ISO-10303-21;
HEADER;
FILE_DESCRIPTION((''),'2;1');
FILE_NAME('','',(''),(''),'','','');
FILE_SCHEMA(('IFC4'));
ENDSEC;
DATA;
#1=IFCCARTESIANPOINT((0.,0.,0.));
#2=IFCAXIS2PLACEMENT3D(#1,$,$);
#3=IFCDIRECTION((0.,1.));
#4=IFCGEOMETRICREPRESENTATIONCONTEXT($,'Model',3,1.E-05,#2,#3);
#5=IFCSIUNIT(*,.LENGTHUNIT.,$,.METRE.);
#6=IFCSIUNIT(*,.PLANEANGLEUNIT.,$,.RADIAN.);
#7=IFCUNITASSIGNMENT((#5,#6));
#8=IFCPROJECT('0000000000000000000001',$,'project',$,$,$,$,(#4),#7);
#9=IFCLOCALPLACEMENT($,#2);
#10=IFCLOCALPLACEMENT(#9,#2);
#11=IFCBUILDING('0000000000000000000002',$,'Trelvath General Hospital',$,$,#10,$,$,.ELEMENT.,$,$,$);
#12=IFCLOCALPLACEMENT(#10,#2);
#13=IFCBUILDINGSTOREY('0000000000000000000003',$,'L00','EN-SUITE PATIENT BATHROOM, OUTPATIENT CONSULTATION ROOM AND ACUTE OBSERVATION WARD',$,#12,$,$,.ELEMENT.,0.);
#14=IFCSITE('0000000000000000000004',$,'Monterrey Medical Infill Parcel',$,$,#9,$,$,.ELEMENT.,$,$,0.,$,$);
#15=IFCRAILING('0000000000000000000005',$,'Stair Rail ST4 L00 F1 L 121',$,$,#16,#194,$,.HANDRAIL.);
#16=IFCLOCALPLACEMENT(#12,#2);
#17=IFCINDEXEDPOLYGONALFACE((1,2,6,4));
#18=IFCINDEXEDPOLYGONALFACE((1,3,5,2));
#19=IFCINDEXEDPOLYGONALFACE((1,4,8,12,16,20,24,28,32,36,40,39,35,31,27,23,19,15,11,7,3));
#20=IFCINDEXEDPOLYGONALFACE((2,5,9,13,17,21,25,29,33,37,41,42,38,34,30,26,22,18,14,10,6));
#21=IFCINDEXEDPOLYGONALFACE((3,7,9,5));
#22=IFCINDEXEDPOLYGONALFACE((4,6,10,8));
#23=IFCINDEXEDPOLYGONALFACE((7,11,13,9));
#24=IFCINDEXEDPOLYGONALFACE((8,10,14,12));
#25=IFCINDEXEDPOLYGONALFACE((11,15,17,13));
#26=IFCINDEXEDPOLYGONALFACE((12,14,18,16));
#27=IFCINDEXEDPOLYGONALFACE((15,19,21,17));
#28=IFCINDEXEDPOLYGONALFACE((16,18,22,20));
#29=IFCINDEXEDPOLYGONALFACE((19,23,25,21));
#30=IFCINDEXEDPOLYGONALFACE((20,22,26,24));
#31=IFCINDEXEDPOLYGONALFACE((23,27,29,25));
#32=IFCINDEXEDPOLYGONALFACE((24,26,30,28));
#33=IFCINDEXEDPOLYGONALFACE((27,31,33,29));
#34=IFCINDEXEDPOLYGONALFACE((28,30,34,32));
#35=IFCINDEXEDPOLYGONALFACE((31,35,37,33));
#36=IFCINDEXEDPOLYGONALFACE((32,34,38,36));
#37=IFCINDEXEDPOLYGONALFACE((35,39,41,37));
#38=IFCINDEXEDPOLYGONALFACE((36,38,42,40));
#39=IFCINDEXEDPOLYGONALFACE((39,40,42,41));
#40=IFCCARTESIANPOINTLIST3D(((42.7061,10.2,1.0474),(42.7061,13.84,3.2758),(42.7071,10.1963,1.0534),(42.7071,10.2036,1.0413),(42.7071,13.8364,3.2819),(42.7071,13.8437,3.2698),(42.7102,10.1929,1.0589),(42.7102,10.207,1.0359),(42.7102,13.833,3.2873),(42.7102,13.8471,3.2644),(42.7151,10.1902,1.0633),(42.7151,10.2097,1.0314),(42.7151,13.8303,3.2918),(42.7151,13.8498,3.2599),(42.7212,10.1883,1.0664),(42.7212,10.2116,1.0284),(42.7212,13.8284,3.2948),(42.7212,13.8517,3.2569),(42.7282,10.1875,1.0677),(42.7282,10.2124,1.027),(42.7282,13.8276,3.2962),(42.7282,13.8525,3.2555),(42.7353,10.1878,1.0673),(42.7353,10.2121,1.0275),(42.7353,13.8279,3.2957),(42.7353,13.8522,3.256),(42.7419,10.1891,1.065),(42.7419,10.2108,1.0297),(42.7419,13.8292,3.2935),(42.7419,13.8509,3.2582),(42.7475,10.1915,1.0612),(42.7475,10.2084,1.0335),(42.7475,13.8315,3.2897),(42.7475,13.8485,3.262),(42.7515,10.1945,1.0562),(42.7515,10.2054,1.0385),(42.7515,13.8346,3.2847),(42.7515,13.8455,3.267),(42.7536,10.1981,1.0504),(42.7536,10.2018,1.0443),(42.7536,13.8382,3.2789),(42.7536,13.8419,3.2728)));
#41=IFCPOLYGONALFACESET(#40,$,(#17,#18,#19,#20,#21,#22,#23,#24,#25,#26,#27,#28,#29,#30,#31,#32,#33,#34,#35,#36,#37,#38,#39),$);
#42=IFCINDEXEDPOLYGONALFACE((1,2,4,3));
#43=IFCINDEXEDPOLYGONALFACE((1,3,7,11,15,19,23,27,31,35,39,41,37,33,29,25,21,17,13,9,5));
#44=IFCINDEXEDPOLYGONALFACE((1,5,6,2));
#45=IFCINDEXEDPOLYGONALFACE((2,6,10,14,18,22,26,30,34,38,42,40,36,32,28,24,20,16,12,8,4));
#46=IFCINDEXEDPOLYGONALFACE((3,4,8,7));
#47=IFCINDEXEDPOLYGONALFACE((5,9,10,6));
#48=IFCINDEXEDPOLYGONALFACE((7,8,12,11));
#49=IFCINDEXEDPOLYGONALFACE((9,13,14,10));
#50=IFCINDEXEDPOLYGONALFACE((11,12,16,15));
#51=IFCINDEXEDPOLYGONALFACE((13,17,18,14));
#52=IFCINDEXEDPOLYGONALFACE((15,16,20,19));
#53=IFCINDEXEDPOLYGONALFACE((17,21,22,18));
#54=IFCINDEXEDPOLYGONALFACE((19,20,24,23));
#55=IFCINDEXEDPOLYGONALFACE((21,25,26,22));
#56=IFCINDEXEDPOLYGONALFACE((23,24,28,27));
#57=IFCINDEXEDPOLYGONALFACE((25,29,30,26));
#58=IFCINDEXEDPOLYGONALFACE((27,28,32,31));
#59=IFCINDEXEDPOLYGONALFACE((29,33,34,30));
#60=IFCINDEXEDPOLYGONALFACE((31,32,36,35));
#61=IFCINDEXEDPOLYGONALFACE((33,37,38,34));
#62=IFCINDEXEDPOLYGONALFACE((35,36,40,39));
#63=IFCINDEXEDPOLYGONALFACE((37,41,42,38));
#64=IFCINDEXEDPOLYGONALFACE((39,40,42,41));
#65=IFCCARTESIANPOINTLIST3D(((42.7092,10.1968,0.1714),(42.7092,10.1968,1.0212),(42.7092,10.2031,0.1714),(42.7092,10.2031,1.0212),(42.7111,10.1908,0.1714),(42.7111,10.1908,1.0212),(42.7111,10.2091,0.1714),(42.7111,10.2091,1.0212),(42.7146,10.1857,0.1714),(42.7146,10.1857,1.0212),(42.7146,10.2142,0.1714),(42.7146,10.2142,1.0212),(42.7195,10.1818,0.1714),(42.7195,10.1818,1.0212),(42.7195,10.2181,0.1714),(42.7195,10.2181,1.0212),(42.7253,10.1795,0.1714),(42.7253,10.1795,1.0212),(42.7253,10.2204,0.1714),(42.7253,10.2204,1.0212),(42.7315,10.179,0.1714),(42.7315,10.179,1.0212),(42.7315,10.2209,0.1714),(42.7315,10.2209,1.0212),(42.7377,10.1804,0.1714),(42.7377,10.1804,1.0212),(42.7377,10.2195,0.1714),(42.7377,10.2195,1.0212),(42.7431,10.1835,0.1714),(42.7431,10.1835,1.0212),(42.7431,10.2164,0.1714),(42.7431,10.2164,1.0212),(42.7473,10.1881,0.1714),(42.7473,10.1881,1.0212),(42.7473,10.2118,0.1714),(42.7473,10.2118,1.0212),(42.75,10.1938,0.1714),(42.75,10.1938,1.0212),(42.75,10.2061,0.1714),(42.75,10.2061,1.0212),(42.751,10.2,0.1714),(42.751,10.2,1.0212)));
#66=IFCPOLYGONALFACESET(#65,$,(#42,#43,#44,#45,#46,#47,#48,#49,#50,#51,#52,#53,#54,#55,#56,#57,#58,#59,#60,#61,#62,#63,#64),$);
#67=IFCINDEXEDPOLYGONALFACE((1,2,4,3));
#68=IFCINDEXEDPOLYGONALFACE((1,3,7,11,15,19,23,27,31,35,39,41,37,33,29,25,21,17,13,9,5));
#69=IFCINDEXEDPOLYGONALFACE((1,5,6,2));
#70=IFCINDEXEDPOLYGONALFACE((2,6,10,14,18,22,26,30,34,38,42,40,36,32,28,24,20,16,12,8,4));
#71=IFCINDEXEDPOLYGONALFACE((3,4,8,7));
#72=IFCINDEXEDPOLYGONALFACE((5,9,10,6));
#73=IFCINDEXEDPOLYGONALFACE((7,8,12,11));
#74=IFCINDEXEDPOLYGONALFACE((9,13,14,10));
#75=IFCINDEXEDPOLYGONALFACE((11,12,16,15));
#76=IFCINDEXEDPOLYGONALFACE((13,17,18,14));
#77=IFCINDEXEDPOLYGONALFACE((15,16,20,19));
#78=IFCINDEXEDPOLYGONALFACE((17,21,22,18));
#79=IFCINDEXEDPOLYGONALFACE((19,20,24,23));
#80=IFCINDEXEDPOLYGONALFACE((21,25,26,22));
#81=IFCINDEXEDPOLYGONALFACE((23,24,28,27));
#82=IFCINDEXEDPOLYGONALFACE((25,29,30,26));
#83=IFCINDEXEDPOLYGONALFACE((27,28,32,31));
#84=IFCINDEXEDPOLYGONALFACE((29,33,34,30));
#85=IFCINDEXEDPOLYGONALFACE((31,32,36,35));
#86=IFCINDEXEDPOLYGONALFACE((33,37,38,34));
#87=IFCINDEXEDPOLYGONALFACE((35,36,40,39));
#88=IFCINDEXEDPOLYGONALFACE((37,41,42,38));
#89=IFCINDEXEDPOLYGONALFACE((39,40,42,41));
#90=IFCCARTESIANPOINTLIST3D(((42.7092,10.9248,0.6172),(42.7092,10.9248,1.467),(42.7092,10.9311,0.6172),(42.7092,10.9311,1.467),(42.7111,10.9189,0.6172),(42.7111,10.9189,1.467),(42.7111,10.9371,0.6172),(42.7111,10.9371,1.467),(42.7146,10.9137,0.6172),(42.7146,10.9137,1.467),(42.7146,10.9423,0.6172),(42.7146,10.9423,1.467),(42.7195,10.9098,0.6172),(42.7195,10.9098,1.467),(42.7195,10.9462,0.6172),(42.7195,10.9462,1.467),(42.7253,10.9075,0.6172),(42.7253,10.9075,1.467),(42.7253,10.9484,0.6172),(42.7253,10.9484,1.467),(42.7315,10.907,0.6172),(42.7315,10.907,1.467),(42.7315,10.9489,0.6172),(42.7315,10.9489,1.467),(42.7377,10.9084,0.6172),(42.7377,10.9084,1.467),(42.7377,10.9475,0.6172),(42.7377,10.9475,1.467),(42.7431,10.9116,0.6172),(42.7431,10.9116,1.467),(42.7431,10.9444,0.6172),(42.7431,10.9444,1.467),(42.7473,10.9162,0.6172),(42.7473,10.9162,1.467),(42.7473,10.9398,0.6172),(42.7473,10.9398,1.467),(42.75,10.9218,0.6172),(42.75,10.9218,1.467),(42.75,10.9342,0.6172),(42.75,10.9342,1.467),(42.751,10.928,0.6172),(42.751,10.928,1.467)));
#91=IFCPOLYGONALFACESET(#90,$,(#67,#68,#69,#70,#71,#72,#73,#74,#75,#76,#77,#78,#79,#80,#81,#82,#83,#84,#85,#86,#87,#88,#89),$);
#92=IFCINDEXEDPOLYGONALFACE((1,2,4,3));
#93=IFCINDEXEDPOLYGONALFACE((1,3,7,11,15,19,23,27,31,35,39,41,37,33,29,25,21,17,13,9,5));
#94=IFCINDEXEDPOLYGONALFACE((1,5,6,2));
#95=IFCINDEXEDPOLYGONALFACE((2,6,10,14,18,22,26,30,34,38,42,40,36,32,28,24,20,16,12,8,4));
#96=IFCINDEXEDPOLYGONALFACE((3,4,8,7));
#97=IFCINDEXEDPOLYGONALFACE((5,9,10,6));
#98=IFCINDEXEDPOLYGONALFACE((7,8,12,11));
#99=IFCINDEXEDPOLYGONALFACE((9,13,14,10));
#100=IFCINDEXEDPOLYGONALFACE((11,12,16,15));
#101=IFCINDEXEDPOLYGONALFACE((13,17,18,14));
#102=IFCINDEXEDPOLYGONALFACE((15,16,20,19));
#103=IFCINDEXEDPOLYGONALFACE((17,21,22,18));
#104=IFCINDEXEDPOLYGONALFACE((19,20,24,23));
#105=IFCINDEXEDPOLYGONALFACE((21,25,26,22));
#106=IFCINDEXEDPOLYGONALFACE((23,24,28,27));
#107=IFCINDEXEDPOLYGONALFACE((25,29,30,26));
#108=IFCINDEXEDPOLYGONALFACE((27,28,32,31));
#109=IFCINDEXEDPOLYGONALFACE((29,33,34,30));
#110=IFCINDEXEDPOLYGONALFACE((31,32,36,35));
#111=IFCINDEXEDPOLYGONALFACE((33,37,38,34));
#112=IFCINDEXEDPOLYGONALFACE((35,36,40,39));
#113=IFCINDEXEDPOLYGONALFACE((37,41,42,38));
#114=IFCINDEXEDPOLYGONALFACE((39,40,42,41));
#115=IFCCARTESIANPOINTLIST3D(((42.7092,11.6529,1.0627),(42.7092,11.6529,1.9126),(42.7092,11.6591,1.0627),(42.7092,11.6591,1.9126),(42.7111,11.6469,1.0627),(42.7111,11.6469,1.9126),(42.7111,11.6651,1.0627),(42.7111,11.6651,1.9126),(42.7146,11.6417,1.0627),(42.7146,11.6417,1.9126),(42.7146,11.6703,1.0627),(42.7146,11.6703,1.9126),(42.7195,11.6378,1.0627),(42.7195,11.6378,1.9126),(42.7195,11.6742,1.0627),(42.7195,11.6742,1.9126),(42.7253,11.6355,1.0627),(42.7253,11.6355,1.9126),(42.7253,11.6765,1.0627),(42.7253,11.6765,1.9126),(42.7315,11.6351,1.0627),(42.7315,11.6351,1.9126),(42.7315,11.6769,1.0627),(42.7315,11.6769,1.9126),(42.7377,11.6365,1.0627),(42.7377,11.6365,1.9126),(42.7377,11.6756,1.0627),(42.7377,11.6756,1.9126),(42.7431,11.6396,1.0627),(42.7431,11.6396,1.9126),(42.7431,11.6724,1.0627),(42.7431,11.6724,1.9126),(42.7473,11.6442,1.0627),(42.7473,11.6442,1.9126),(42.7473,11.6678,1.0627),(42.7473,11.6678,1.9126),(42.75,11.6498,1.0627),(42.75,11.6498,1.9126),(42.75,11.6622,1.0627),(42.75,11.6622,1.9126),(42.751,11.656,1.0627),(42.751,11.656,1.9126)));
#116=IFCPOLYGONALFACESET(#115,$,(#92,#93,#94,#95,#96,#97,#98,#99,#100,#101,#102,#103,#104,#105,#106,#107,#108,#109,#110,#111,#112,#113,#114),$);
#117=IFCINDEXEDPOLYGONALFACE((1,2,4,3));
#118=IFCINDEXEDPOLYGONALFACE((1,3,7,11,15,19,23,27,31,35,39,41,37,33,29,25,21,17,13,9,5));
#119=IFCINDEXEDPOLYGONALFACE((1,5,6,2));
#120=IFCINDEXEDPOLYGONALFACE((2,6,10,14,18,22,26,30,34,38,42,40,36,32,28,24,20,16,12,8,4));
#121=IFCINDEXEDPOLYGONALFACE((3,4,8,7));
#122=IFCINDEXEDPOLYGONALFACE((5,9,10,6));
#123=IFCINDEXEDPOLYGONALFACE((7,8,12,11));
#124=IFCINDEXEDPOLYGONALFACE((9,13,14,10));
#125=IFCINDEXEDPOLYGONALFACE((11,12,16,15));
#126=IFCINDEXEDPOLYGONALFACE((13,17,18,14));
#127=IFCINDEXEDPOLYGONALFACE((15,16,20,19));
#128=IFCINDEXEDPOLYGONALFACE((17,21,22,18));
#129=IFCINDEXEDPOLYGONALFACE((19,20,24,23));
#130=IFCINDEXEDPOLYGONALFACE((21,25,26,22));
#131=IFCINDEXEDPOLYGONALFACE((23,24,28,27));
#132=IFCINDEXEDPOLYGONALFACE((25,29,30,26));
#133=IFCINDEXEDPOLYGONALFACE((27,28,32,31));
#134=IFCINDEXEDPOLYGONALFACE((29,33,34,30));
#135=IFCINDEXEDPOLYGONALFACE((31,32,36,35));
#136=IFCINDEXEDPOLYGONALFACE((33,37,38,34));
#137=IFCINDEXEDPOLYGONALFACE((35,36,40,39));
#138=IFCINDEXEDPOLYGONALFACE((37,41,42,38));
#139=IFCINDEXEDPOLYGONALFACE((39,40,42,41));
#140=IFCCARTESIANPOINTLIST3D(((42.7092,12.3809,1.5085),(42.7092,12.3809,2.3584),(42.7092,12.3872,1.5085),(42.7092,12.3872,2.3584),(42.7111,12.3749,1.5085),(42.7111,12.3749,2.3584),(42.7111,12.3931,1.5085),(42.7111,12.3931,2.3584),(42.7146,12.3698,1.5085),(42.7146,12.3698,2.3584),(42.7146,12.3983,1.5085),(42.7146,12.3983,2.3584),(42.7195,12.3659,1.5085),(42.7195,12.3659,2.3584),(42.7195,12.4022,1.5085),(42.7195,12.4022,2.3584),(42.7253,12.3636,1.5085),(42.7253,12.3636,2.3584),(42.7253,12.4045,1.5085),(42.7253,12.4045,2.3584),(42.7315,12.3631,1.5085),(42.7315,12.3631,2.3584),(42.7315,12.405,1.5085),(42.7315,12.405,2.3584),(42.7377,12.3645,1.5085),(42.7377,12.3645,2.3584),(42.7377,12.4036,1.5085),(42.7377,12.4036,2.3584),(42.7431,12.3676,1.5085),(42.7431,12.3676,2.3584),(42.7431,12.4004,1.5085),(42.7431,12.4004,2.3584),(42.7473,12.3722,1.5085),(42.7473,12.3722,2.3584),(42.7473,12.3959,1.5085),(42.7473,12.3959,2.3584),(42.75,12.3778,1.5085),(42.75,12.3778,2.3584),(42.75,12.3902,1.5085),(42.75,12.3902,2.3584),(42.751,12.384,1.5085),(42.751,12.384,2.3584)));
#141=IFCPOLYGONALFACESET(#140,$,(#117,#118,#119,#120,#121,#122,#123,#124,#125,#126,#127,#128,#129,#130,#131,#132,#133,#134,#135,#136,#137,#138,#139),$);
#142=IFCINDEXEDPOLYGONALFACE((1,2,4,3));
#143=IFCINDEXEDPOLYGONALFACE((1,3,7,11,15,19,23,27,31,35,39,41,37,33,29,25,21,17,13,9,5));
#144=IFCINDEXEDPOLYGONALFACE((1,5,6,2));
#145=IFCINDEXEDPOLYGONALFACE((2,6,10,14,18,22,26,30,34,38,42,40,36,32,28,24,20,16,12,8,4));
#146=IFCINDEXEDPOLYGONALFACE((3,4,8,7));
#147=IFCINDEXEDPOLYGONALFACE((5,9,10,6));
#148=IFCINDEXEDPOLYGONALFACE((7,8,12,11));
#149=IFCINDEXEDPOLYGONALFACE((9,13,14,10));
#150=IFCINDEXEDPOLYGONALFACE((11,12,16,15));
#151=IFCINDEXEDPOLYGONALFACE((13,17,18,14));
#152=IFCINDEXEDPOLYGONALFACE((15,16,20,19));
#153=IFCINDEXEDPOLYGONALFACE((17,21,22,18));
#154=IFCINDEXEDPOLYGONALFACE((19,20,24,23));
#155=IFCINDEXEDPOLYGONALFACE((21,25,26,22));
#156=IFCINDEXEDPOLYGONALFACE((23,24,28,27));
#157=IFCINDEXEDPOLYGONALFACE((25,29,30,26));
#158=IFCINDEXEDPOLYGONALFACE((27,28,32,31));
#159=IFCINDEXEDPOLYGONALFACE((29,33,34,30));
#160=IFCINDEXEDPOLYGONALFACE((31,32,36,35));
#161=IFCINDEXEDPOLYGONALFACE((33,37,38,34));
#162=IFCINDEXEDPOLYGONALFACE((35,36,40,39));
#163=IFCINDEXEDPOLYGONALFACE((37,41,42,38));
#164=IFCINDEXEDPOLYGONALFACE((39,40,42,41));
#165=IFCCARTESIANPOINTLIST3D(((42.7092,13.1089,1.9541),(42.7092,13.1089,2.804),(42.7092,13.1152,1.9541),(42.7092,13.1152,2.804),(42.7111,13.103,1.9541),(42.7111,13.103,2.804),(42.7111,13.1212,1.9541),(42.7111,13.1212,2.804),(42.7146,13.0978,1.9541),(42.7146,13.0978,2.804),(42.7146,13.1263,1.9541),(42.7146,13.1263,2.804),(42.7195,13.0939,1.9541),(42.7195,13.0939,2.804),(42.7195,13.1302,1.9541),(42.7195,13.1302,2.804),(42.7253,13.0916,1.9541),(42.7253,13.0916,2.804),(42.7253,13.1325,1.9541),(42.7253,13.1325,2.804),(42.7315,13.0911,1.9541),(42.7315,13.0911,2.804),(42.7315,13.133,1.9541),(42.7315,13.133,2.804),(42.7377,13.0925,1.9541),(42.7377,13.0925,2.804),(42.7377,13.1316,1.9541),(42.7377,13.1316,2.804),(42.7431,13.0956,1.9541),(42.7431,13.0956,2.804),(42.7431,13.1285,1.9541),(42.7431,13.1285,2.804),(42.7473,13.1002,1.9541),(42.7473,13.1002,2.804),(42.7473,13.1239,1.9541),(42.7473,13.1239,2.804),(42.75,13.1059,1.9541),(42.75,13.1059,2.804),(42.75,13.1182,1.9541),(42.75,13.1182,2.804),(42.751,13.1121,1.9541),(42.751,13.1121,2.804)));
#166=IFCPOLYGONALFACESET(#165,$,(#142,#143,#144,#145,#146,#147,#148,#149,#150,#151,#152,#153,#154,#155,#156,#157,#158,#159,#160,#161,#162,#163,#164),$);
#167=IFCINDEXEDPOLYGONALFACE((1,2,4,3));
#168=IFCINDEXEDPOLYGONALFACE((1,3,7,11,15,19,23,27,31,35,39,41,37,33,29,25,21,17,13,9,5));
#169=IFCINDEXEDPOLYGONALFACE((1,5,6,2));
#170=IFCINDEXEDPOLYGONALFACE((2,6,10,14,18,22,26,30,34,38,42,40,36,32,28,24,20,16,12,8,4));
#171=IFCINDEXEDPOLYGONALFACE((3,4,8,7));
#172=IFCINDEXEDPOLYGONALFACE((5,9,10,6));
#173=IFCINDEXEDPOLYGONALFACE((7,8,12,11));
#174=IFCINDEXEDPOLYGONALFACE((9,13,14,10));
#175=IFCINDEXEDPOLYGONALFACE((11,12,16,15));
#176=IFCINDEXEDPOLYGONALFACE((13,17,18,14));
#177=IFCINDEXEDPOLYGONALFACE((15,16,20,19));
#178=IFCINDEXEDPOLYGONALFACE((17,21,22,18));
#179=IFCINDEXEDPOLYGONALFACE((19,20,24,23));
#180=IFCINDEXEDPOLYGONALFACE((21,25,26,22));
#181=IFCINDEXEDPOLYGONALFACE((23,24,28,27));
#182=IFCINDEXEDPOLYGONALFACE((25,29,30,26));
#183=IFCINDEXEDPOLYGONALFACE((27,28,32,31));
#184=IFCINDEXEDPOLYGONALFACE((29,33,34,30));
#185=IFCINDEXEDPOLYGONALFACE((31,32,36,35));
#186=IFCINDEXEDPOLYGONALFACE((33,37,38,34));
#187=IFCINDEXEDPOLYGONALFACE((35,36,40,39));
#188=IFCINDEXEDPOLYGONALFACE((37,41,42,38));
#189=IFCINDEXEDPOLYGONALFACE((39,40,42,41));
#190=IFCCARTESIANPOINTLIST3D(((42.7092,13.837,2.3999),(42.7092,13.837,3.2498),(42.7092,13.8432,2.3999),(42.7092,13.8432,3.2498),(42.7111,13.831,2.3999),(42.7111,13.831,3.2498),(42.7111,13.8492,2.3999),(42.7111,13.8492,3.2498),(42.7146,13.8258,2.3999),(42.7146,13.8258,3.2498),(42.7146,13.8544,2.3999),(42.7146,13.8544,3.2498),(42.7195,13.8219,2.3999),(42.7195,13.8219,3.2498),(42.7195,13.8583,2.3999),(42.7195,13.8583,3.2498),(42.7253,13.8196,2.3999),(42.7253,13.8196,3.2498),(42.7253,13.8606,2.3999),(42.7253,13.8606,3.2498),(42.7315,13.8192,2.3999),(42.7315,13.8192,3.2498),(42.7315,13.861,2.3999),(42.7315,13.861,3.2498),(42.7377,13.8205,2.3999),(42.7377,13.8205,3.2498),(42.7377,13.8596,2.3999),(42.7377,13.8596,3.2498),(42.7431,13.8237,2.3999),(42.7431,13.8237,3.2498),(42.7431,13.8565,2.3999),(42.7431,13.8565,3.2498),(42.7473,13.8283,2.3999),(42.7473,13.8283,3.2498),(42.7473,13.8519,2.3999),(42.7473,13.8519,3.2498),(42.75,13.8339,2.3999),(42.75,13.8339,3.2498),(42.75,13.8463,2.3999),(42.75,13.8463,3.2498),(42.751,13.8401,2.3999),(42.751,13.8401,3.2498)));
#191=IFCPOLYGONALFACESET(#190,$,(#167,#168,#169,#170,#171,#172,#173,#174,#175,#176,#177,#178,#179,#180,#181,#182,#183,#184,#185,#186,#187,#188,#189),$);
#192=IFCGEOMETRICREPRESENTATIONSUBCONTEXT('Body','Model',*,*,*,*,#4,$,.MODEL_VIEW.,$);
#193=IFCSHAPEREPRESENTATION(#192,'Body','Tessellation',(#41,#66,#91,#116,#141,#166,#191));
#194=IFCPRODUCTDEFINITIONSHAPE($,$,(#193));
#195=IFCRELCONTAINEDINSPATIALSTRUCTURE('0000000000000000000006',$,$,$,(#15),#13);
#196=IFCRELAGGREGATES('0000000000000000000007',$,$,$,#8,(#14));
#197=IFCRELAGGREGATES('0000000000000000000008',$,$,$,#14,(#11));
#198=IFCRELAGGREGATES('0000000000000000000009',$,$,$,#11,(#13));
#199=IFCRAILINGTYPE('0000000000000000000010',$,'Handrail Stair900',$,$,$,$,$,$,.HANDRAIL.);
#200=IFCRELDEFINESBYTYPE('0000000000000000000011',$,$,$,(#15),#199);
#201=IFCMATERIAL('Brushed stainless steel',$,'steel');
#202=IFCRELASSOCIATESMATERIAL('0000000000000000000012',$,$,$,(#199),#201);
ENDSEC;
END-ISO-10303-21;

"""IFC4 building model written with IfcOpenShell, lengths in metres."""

from ifc_helpers import new_model, si_unit, direction, frame, origin, origin_2d, place, context, subcontext, project, spatial, circle, extrude, material, type_object, element, save


model = new_model("IFC4")

# Units and contexts
model_context = context("Model", 3, precision=1e-05, world=origin(), true_north=direction((0.0, 1.0)))
body_context = subcontext(model_context, "Body", "Model", "MODEL_VIEW")
ifc_project = project(units=[si_unit("LENGTHUNIT", "METRE"), si_unit("PLANEANGLEUNIT", "RADIAN")], contexts=[model_context])

# Site, building, storey
site_placement = place(None, origin())
site = spatial("IfcSite", under=ifc_project, at=site_placement, Name="Monterrey Medical Infill Parcel", CompositionType="ELEMENT", RefElevation=0.0)
building_placement = place(site_placement, origin())
building = spatial("IfcBuilding", under=site, at=building_placement, Name="Trelvath General Hospital", CompositionType="ELEMENT")
storey_placement = place(building_placement, origin())
storey = spatial("IfcBuildingStorey", under=building, at=storey_placement, Name="L00", Description="EN-SUITE PATIENT BATHROOM, OUTPATIENT CONSULTATION ROOM AND ACUTE OBSERVATION WARD", CompositionType="ELEMENT", Elevation=0.0)

# Railing
ifc_material_1 = material(Name="Brushed stainless steel", Category="steel")
railing_type_1 = type_object("IfcRailingType", Name="Handrail Stair900", PredefinedType="HANDRAIL", material=ifc_material_1)
railing_1_placement = place(storey_placement, frame((42.73, 10.2, 0.1714)))
element("IfcRailing", 1, at=railing_1_placement, inside=storey, type_object=railing_type_1, Name="Stair Rail ST4 L00 F1 L 121", PredefinedType="HANDRAIL", context=body_context, shape_type="SweptSolid", body=[
    extrude(circle(Radius=0.0239, at=origin_2d()), frame((0.0, 0.0, 0.876), z_axis=(0.0, 0.852866, 0.52213), x_axis=(-1.0, 0.0, 0.0)), (0.0, 0.0, 1.0), 4.2681),
    extrude(circle(Radius=0.021, at=origin_2d()), origin(), (0.0, 0.0, 1.0), 0.8499),
    extrude(circle(Radius=0.021, at=origin_2d()), frame((0.0, 0.728, 0.4458)), (0.0, 0.0, 1.0), 0.8499),
    extrude(circle(Radius=0.021, at=origin_2d()), frame((0.0, 1.4561, 0.8914)), (0.0, 0.0, 1.0), 0.8499),
    extrude(circle(Radius=0.021, at=origin_2d()), frame((0.0, 2.1841, 1.3372)), (0.0, 0.0, 1.0), 0.8499),
    extrude(circle(Radius=0.021, at=origin_2d()), frame((0.0, 2.9121, 1.7827)), (0.0, 0.0, 1.0), 0.8499),
    extrude(circle(Radius=0.021, at=origin_2d()), frame((0.0, 3.6401, 2.2285)), (0.0, 0.0, 1.0), 0.8499),
])

save(model, "model.ifc")
